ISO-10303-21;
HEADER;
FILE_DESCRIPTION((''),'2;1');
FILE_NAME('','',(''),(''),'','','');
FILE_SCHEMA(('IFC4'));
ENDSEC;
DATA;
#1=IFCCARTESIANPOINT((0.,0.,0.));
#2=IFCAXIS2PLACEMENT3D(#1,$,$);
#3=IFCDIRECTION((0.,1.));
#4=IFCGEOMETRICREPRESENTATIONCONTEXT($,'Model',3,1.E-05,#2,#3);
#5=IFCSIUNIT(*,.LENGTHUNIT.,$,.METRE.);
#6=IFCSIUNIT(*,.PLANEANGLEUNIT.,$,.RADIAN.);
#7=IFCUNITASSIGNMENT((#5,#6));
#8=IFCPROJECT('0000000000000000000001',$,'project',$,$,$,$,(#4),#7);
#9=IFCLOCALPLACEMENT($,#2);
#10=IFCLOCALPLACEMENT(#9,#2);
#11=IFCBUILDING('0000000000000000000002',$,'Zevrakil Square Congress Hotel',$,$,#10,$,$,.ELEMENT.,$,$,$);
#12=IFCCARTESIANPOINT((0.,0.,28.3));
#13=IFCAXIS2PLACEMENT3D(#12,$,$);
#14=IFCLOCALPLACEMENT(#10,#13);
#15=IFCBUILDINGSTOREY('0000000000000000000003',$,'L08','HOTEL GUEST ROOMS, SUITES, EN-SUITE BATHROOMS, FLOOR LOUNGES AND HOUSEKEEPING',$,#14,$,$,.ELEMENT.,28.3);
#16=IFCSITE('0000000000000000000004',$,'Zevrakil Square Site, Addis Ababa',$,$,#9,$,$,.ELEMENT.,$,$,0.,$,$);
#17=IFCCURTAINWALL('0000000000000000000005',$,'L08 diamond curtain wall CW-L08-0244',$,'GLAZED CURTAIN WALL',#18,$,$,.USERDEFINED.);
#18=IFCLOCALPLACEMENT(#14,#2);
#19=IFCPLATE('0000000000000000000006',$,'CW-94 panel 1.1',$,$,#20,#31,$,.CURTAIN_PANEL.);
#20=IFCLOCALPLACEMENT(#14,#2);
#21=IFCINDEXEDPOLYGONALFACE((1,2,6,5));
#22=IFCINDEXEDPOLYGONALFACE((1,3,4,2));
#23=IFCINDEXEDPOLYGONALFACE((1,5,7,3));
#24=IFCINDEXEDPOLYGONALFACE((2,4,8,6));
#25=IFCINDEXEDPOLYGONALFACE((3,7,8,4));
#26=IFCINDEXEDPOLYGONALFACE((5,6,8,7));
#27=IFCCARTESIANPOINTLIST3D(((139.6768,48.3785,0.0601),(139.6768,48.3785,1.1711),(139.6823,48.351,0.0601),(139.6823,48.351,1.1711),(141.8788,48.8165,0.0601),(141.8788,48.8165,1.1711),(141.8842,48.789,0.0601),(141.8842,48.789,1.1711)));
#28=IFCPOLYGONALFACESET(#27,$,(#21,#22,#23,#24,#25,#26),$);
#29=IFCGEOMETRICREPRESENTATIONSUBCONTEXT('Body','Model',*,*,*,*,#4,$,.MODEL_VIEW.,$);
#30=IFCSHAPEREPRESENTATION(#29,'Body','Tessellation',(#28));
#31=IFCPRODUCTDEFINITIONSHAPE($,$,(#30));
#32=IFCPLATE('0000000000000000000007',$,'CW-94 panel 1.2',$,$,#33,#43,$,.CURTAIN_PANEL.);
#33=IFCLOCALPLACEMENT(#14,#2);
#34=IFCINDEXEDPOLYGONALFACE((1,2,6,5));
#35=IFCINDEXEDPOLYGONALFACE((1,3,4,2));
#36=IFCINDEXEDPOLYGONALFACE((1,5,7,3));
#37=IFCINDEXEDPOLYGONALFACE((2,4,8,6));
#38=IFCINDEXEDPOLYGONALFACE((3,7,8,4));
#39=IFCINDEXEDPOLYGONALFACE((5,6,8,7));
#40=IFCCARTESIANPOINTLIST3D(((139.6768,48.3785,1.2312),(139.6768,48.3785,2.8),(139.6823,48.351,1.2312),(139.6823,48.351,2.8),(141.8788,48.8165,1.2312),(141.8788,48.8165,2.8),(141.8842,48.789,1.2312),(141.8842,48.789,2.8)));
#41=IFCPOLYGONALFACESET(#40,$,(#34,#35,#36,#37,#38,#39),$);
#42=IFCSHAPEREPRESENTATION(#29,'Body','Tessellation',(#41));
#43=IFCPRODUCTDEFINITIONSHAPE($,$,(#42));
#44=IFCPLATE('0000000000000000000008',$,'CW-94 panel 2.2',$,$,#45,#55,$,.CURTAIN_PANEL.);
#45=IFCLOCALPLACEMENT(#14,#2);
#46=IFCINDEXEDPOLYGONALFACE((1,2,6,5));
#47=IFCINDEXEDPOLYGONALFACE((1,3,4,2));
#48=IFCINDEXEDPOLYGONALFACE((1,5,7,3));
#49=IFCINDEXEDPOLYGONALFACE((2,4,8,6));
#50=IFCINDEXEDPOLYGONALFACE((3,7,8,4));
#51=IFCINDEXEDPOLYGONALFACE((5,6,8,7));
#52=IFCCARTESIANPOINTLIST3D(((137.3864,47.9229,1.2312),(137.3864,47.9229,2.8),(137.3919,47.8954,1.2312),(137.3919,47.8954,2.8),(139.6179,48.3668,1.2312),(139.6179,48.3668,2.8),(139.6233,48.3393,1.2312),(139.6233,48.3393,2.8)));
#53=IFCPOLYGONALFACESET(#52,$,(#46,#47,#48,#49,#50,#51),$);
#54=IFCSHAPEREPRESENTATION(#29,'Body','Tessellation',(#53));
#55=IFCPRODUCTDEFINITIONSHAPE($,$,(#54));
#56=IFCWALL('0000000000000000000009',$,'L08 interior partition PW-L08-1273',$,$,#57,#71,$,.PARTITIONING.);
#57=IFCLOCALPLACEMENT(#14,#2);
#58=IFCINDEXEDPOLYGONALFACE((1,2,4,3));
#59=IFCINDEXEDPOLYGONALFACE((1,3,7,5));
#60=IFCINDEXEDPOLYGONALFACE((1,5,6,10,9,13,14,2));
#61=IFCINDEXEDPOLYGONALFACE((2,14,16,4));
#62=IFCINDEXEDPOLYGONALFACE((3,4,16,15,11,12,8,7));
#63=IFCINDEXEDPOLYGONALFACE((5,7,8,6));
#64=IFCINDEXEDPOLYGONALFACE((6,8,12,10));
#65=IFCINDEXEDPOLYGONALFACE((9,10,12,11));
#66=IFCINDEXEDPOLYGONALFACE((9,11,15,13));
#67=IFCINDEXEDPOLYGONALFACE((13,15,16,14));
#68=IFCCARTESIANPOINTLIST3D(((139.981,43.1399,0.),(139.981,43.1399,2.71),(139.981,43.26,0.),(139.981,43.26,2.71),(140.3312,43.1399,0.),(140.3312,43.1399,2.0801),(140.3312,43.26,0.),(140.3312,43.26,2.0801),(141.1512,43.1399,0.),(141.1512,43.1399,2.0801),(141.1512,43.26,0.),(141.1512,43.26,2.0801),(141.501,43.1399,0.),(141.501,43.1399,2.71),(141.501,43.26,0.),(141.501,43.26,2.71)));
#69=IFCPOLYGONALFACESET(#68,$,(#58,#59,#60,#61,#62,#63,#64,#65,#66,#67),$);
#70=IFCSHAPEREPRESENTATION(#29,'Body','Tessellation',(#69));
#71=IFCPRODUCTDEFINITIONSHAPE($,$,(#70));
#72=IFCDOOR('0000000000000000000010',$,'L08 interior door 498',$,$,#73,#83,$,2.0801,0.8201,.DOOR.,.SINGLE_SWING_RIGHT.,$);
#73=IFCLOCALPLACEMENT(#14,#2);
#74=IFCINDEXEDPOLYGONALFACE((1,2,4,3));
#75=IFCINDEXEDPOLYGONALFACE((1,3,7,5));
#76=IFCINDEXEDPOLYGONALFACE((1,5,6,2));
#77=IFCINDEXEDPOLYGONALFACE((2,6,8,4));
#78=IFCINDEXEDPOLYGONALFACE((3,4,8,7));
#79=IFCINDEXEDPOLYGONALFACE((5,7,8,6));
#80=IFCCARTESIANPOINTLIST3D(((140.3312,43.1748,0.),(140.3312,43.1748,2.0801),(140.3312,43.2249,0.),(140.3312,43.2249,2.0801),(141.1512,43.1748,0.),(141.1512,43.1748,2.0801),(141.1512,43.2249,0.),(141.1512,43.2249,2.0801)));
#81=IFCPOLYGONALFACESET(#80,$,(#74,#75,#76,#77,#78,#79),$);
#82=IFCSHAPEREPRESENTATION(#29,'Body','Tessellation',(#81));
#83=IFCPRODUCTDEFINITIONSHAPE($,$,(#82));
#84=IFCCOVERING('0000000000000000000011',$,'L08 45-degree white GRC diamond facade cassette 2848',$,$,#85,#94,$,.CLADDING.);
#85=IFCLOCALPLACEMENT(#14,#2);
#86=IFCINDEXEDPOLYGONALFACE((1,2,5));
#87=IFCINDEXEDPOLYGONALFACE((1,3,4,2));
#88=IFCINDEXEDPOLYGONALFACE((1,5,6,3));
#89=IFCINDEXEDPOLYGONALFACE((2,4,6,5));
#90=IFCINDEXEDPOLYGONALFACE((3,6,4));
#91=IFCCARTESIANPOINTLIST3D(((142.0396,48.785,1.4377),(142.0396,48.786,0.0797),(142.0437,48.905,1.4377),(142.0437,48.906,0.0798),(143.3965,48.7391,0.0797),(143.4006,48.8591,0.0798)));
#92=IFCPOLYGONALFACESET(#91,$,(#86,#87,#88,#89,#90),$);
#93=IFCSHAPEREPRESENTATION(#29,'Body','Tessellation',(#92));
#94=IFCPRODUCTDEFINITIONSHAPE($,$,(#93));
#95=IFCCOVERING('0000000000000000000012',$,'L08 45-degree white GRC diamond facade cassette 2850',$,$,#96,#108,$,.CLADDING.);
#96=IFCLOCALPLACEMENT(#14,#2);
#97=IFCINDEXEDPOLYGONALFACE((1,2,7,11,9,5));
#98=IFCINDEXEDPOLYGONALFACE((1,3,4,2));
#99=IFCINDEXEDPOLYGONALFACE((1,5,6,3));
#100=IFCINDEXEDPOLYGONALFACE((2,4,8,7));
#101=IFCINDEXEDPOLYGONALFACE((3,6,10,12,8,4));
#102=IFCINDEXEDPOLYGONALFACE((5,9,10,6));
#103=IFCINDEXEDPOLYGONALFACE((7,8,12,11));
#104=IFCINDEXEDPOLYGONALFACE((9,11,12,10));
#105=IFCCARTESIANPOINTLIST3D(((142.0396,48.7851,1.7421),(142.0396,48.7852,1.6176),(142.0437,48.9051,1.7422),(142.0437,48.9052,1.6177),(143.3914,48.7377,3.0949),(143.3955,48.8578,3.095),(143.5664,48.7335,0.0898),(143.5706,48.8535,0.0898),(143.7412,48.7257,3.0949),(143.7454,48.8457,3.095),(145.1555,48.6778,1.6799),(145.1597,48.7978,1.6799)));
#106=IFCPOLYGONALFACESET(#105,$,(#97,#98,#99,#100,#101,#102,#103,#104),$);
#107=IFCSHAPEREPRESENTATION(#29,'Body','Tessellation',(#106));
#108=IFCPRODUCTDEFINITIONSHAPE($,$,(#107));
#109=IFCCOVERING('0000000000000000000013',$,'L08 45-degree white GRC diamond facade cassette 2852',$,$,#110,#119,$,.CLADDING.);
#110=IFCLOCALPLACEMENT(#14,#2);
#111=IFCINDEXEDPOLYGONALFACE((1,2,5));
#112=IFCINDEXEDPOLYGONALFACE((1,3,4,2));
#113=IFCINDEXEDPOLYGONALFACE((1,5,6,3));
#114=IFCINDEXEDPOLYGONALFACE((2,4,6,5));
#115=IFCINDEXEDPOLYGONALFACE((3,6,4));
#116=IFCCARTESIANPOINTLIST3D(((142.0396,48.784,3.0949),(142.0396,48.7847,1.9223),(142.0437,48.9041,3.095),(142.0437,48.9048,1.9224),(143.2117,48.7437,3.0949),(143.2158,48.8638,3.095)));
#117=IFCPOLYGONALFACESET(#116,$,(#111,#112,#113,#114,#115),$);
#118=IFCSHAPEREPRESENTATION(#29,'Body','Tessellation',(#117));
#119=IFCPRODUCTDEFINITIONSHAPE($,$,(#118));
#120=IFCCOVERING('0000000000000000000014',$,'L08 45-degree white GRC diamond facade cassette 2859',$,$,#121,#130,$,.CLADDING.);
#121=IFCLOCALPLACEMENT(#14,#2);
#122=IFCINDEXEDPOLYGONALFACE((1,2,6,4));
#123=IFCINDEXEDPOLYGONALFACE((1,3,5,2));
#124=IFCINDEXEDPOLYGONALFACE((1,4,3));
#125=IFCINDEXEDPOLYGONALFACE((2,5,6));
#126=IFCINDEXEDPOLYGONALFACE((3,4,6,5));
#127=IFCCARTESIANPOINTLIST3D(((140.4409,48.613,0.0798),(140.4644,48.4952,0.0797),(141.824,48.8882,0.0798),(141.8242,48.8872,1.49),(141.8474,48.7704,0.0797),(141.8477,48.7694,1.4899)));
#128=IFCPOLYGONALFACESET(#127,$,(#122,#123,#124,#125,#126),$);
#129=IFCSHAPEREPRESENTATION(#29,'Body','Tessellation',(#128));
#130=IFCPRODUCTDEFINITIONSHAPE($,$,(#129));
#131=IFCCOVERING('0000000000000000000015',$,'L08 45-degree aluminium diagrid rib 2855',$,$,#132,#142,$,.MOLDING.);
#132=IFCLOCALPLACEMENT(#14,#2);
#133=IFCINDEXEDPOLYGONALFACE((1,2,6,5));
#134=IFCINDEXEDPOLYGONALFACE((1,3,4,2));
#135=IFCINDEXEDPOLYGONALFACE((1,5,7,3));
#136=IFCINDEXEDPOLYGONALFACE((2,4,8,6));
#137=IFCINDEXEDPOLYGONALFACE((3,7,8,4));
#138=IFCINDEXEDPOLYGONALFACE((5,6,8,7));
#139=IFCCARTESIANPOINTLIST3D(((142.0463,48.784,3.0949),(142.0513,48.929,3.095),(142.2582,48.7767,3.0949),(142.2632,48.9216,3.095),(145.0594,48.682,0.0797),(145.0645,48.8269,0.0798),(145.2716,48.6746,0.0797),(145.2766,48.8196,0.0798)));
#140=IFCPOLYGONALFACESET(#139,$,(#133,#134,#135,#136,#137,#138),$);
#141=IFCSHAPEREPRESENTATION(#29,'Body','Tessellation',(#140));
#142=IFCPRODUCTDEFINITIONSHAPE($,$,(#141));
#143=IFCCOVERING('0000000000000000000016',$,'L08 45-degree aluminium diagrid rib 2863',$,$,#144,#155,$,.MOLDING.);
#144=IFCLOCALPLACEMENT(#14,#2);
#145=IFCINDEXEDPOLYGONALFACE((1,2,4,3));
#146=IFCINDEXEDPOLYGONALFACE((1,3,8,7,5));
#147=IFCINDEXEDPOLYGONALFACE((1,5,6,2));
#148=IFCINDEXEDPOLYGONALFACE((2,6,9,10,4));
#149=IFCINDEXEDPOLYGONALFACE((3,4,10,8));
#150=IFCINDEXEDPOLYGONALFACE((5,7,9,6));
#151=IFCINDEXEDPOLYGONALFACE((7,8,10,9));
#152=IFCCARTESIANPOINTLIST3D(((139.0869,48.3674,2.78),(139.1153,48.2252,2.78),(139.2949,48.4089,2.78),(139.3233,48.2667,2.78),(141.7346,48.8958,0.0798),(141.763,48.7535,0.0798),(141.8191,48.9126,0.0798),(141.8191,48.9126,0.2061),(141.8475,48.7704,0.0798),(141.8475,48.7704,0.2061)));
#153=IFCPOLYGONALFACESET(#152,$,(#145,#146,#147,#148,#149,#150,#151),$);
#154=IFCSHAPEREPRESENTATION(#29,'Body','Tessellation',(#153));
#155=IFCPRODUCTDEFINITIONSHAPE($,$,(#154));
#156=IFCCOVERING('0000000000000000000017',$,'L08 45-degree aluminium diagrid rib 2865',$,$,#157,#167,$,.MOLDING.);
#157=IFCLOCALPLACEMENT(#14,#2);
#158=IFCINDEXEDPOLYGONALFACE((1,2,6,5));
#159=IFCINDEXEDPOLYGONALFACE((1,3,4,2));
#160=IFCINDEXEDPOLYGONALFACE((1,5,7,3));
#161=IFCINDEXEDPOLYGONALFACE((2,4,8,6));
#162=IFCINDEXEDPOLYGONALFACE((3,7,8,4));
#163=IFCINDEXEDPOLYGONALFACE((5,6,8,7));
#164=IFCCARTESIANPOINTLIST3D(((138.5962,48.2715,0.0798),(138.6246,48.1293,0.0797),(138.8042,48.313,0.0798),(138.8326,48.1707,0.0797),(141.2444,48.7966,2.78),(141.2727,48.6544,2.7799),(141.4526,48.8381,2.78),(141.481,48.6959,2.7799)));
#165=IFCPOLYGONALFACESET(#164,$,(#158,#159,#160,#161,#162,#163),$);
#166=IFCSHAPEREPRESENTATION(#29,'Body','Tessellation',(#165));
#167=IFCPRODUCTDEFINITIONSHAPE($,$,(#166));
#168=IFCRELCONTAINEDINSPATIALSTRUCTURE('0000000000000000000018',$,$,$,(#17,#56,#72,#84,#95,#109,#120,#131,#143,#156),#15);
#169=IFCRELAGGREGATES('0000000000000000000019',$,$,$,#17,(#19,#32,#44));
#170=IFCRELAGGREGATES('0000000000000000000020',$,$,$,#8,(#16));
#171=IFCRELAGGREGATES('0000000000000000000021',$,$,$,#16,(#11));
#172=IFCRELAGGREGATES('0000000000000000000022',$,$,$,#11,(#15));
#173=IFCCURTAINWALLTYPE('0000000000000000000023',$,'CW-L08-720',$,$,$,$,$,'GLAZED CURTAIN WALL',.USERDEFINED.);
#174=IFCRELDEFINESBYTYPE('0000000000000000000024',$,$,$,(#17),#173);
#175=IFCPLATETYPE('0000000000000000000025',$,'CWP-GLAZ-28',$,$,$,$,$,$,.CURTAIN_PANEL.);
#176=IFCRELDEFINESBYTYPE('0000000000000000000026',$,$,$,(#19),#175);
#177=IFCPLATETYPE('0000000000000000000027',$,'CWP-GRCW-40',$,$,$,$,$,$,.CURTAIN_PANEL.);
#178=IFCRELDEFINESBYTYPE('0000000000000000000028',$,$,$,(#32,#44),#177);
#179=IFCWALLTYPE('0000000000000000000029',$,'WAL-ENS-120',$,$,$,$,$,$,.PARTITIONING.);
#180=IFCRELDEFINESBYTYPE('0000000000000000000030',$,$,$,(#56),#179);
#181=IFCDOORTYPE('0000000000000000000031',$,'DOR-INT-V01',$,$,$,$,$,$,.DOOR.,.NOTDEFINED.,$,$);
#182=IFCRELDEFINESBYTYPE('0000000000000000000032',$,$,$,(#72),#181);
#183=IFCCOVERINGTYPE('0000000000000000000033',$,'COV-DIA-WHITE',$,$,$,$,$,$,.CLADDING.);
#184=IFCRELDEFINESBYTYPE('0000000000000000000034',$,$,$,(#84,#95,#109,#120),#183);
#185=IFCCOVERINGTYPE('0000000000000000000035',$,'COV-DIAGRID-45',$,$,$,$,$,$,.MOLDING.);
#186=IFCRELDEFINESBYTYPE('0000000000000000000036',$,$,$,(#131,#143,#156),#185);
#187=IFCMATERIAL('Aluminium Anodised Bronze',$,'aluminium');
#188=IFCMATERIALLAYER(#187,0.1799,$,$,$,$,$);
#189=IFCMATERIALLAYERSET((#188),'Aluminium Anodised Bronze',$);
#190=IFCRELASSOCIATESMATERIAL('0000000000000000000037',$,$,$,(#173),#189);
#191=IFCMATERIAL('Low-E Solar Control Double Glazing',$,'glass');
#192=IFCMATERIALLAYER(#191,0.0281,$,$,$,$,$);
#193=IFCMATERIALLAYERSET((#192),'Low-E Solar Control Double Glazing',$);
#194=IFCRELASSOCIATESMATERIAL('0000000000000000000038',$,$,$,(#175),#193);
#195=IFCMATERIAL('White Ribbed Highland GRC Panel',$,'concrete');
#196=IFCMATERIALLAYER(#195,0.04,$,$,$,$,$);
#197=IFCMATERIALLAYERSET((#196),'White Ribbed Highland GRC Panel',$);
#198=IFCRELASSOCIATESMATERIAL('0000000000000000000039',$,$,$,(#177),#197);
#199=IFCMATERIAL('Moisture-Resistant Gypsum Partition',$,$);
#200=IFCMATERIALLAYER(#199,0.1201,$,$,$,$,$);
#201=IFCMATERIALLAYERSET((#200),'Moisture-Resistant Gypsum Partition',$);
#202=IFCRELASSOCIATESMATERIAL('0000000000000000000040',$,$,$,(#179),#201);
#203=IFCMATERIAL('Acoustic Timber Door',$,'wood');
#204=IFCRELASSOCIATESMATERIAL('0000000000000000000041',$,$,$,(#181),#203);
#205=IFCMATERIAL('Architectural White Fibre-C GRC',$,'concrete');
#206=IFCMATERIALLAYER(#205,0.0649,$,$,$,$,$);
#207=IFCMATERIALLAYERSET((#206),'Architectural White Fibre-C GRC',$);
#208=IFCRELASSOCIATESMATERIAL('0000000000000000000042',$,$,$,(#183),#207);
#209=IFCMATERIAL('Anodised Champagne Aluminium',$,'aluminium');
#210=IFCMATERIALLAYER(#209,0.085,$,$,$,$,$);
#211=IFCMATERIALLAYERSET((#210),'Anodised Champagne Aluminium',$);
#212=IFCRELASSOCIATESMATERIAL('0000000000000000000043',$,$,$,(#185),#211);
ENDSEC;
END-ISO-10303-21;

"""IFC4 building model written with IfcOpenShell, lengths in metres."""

from ifc_helpers import new_model, si_unit, direction, frame, frame_2d, origin, origin_2d, place, context, subcontext, project, spatial, polyline, rectangle, outline, extrude, material, layer, layer_set, type_object, element, fill, aggregate, save


model = new_model("IFC4")

# Units and contexts
model_context = context("Model", 3, precision=1e-05, world=origin(), true_north=direction((0.0, 1.0)))
body_context = subcontext(model_context, "Body", "Model", "MODEL_VIEW")
ifc_project = project(units=[si_unit("LENGTHUNIT", "METRE"), si_unit("PLANEANGLEUNIT", "RADIAN")], contexts=[model_context])

# Site, building, storey
site_placement = place(None, origin())
site = spatial("IfcSite", under=ifc_project, at=site_placement, Name="Zevrakil Square Site, Addis Ababa", CompositionType="ELEMENT", RefElevation=0.0)
building_placement = place(site_placement, origin())
building = spatial("IfcBuilding", under=site, at=building_placement, Name="Zevrakil Square Congress Hotel", CompositionType="ELEMENT")
storey_placement = place(building_placement, frame((0.0, 0.0, 28.3)))
storey = spatial("IfcBuildingStorey", under=building, at=storey_placement, Name="L08", Description="HOTEL GUEST ROOMS, SUITES, EN-SUITE BATHROOMS, FLOOR LOUNGES AND HOUSEKEEPING", CompositionType="ELEMENT", Elevation=28.3)

# Curtain wall
ifc_material_1 = material(Name="Aluminium Anodised Bronze", Category="aluminium")
ifc_layer_1 = layer(ifc_material_1, 0.1799)
ifc_layer_set_1 = layer_set([ifc_layer_1], Name="Aluminium Anodised Bronze")
curtain_wall_type_1 = type_object("IfcCurtainWallType", Name="CW-L08-720", ElementType="GLAZED CURTAIN WALL", PredefinedType="USERDEFINED", material=ifc_layer_set_1)
curtain_wall_1_placement = place(storey_placement, origin())
curtain_wall_1 = element("IfcCurtainWall", 1, at=curtain_wall_1_placement, inside=storey, type_object=curtain_wall_type_1, Name="L08 diamond curtain wall CW-L08-0244", ObjectType="GLAZED CURTAIN WALL", PredefinedType="USERDEFINED")

# Plates
ifc_material_2 = material(Name="Low-E Solar Control Double Glazing", Category="glass")
ifc_layer_2 = layer(ifc_material_2, 0.0281)
ifc_layer_set_2 = layer_set([ifc_layer_2], Name="Low-E Solar Control Double Glazing")
plate_type_1 = type_object("IfcPlateType", Name="CWP-GLAZ-28", PredefinedType="CURTAIN_PANEL", material=ifc_layer_set_2)
plate_1_placement = place(storey_placement, frame((140.7805, 48.5837, 0.0601), z_axis=(0.0, 0.0, 1.0), x_axis=(-0.980787, -0.195084, 0.0)))
plate_1 = element("IfcPlate", 2, at=plate_1_placement, type_object=plate_type_1, Name="CW-94 panel 1.1", PredefinedType="CURTAIN_PANEL", context=body_context, shape_type="SweptSolid", body=[
    extrude(rectangle(XDim=2.2451, YDim=0.0281, at=origin_2d()), origin(), (0.0, 0.0, 1.0), 1.1111),
])
ifc_material_3 = material(Name="White Ribbed Highland GRC Panel", Category="concrete")
ifc_layer_3 = layer(ifc_material_3, 0.04)
ifc_layer_set_3 = layer_set([ifc_layer_3], Name="White Ribbed Highland GRC Panel")
plate_type_2 = type_object("IfcPlateType", Name="CWP-GRCW-40", PredefinedType="CURTAIN_PANEL", material=ifc_layer_set_3)
plate_2_placement = place(storey_placement, frame((140.7805, 48.5837, 1.2312), z_axis=(0.0, 0.0, 1.0), x_axis=(-0.980787, -0.195084, 0.0)))
plate_2 = element("IfcPlate", 3, at=plate_2_placement, type_object=plate_type_2, Name="CW-94 panel 1.2", PredefinedType="CURTAIN_PANEL", context=body_context, shape_type="SweptSolid", body=[
    extrude(rectangle(XDim=2.2451, YDim=0.0281, at=origin_2d()), origin(), (0.0, 0.0, 1.0), 1.5688),
])
plate_3_placement = place(storey_placement, frame((138.5049, 48.1311, 1.2312), z_axis=(0.0, 0.0, 1.0), x_axis=(-0.980787, -0.195084, 0.0)))
plate_3 = element("IfcPlate", 4, at=plate_3_placement, type_object=plate_type_2, Name="CW-94 panel 2.2", PredefinedType="CURTAIN_PANEL", context=body_context, shape_type="SweptSolid", body=[
    extrude(rectangle(XDim=2.2751, YDim=0.0281, at=origin_2d()), origin(), (0.0, 0.0, 1.0), 1.5688),
])
aggregate(curtain_wall_1, [plate_1, plate_2, plate_3])

# Wall, opening, door
ifc_material_4 = material(Name="Moisture-Resistant Gypsum Partition")
ifc_layer_4 = layer(ifc_material_4, 0.1201)
ifc_layer_set_4 = layer_set([ifc_layer_4], Name="Moisture-Resistant Gypsum Partition")
wall_type = type_object("IfcWallType", Name="WAL-ENS-120", PredefinedType="PARTITIONING", material=ifc_layer_set_4)
wall_placement = place(storey_placement, frame((139.981, 43.2, 0.0), z_axis=(0.0, 0.0, 1.0), x_axis=(1.0, 0.0, 0.0)))
wall = element("IfcWall", 5, at=wall_placement, inside=storey, type_object=wall_type, Name="L08 interior partition PW-L08-1273", PredefinedType="PARTITIONING", context=body_context, shape_type="SweptSolid", body=[
    extrude(rectangle(XDim=1.52, YDim=0.1201, at=frame_2d((0.76, 0.0))), origin(), (0.0, 0.0, 1.0), 2.71),
])
opening_placement = place(wall_placement, frame((0.3501, 0.0, 0.0)))
opening = element("IfcOpeningElement", 6, at=opening_placement, cuts=wall, PredefinedType="OPENING", context=body_context, shape_type="SweptSolid", body=[
    extrude(rectangle(XDim=0.8201, YDim=2.0801, at=frame_2d((0.4102, 1.04))), frame((0.0, 0.0701, 0.0), z_axis=(0.0, -1.0, 0.0), x_axis=(1.0, 0.0, 0.0)), (0.0, 0.0, 1.0), 0.1401),
])
ifc_material_5 = material(Name="Acoustic Timber Door", Category="wood")
door_type = type_object("IfcDoorType", Name="DOR-INT-V01", OperationType="NOTDEFINED", PredefinedType="DOOR", material=ifc_material_5)
door_placement = place(opening_placement, origin())
door = element("IfcDoor", 7, at=door_placement, inside=storey, type_object=door_type, Name="L08 interior door 498", OperationType="SINGLE_SWING_RIGHT", OverallHeight=2.0801, OverallWidth=0.8201, PredefinedType="DOOR", context=body_context, shape_type="SweptSolid", body=[
    extrude(rectangle(XDim=0.8201, YDim=2.0801, at=frame_2d((0.4102, 1.04))), frame((0.0, 0.0249, 0.0), z_axis=(0.0, -1.0, 0.0), x_axis=(1.0, 0.0, 0.0)), (0.0, 0.0, 1.0), 0.05),
])
fill(opening, door)

# Coverings
ifc_material_6 = material(Name="Architectural White Fibre-C GRC", Category="concrete")
ifc_layer_5 = layer(ifc_material_6, 0.0649)
ifc_layer_set_5 = layer_set([ifc_layer_5], Name="Architectural White Fibre-C GRC")
covering_type_1 = type_object("IfcCoveringType", Name="COV-DIA-WHITE", PredefinedType="CLADDING", material=ifc_layer_set_5)
covering_1_placement = place(storey_placement, frame((142.0437, 48.905, 1.4377), z_axis=(0.034524, 0.999404, 0.000719), x_axis=(0.0, 0.000719, -1.0)))
element("IfcCovering", 8, at=covering_1_placement, inside=storey, type_object=covering_type_1, Name="L08 45-degree white GRC diamond facade cassette 2848", PredefinedType="CLADDING", context=body_context, shape_type="SweptSolid", body=[
    extrude(outline(polyline([(0.0, 0.0), (1.3579, 0.0), (1.3579, -1.3577), (0.0, 0.0)])), origin(), (0.0, 0.0, -1.0), 0.1201),
])
covering_2_placement = place(storey_placement, frame((143.5706, 48.8535, 0.0898), z_axis=(0.034438, 0.999407, 0.000594), x_axis=(0.706674, -0.024771, 0.707105)))
element("IfcCovering", 9, at=covering_2_placement, inside=storey, type_object=covering_type_1, Name="L08 45-degree white GRC diamond facade cassette 2850", PredefinedType="CLADDING", context=body_context, shape_type="SweptSolid", body=[
    extrude(outline(polyline([(0.0, 0.0), (2.2487, 0.0), (2.2487, -2.0012), (2.0011, -2.2488), (0.0881, -2.2486), (0.0001, -2.1606), (0.0, 0.0)])), origin(), (0.0, 0.0, -1.0), 0.1201),
])
covering_3_placement = place(storey_placement, frame((143.2158, 48.8638, 3.095), z_axis=(0.034348, 0.99941, 0.000624), x_axis=(-0.99941, 0.034348, 0.0)))
element("IfcCovering", 10, at=covering_3_placement, inside=storey, type_object=covering_type_1, Name="L08 45-degree white GRC diamond facade cassette 2852", PredefinedType="CLADDING", context=body_context, shape_type="SweptSolid", body=[
    extrude(outline(polyline([(0.0, 0.0), (1.1728, 0.0), (1.1728, -1.1726), (0.0, 0.0)])), origin(), (0.0, 0.0, -1.0), 0.1201),
])
covering_4_placement = place(storey_placement, frame((140.4409, 48.613, 0.0798), z_axis=(-0.195117, 0.98078, 0.000713), x_axis=(0.98078, 0.195117, 0.0)))
element("IfcCovering", 11, at=covering_4_placement, inside=storey, type_object=covering_type_1, Name="L08 45-degree white GRC diamond facade cassette 2859", PredefinedType="CLADDING", context=body_context, shape_type="SweptSolid", body=[
    extrude(outline(polyline([(0.0, 0.0), (1.4102, 0.0), (1.4102, -1.4102), (0.0, 0.0)])), origin(), (0.0, 0.0, -1.0), 0.1201),
])
ifc_material_7 = material(Name="Anodised Champagne Aluminium", Category="aluminium")
ifc_layer_6 = layer(ifc_material_7, 0.085)
ifc_layer_set_6 = layer_set([ifc_layer_6], Name="Anodised Champagne Aluminium")
covering_type_2 = type_object("IfcCoveringType", Name="COV-DIAGRID-45", PredefinedType="MOLDING", material=ifc_layer_set_6)
covering_5_placement = place(storey_placement, frame((145.0645, 48.8269, 0.0798), z_axis=(0.034522, 0.999404, 0.000675), x_axis=(0.999404, -0.034522, 0.0)))
element("IfcCovering", 12, at=covering_5_placement, inside=storey, type_object=covering_type_2, Name="L08 45-degree aluminium diagrid rib 2855", PredefinedType="MOLDING", context=body_context, shape_type="SweptSolid", body=[
    extrude(outline(polyline([(0.0, 0.0), (0.2123, 0.0), (-2.8029, -3.0151), (-3.0149, -3.0151), (0.0, 0.0)])), origin(), (0.0, 0.0, -1.0), 0.145),
])
covering_6_placement = place(storey_placement, frame((141.7346, 48.8958, 0.0798), z_axis=(-0.195654, 0.980673, 0.000026), x_axis=(0.980673, 0.195654, 0.0)))
element("IfcCovering", 13, at=covering_6_placement, inside=storey, type_object=covering_type_2, Name="L08 45-degree aluminium diagrid rib 2863", PredefinedType="MOLDING", context=body_context, shape_type="SweptSolid", body=[
    extrude(outline(polyline([(0.0, 0.0), (0.0861, 0.0), (0.0861, -0.1262), (-2.4878, -2.7002), (-2.6999, -2.7002), (0.0, 0.0)])), origin(), (0.0, 0.0, -1.0), 0.145),
])
covering_7_placement = place(storey_placement, frame((141.4526, 48.8381, 2.78), z_axis=(-0.195563, 0.980691, 0.001076), x_axis=(-0.980691, -0.195563, 0.0)))
element("IfcCovering", 14, at=covering_7_placement, inside=storey, type_object=covering_type_2, Name="L08 45-degree aluminium diagrid rib 2865", PredefinedType="MOLDING", context=body_context, shape_type="SweptSolid", body=[
    extrude(outline(polyline([(0.0, 0.0), (0.2123, 0.0), (2.9121, -2.7002), (2.7, -2.7002), (0.0, 0.0)])), origin(), (0.0, 0.0, -1.0), 0.145),
])

save(model, "model.ifc")
